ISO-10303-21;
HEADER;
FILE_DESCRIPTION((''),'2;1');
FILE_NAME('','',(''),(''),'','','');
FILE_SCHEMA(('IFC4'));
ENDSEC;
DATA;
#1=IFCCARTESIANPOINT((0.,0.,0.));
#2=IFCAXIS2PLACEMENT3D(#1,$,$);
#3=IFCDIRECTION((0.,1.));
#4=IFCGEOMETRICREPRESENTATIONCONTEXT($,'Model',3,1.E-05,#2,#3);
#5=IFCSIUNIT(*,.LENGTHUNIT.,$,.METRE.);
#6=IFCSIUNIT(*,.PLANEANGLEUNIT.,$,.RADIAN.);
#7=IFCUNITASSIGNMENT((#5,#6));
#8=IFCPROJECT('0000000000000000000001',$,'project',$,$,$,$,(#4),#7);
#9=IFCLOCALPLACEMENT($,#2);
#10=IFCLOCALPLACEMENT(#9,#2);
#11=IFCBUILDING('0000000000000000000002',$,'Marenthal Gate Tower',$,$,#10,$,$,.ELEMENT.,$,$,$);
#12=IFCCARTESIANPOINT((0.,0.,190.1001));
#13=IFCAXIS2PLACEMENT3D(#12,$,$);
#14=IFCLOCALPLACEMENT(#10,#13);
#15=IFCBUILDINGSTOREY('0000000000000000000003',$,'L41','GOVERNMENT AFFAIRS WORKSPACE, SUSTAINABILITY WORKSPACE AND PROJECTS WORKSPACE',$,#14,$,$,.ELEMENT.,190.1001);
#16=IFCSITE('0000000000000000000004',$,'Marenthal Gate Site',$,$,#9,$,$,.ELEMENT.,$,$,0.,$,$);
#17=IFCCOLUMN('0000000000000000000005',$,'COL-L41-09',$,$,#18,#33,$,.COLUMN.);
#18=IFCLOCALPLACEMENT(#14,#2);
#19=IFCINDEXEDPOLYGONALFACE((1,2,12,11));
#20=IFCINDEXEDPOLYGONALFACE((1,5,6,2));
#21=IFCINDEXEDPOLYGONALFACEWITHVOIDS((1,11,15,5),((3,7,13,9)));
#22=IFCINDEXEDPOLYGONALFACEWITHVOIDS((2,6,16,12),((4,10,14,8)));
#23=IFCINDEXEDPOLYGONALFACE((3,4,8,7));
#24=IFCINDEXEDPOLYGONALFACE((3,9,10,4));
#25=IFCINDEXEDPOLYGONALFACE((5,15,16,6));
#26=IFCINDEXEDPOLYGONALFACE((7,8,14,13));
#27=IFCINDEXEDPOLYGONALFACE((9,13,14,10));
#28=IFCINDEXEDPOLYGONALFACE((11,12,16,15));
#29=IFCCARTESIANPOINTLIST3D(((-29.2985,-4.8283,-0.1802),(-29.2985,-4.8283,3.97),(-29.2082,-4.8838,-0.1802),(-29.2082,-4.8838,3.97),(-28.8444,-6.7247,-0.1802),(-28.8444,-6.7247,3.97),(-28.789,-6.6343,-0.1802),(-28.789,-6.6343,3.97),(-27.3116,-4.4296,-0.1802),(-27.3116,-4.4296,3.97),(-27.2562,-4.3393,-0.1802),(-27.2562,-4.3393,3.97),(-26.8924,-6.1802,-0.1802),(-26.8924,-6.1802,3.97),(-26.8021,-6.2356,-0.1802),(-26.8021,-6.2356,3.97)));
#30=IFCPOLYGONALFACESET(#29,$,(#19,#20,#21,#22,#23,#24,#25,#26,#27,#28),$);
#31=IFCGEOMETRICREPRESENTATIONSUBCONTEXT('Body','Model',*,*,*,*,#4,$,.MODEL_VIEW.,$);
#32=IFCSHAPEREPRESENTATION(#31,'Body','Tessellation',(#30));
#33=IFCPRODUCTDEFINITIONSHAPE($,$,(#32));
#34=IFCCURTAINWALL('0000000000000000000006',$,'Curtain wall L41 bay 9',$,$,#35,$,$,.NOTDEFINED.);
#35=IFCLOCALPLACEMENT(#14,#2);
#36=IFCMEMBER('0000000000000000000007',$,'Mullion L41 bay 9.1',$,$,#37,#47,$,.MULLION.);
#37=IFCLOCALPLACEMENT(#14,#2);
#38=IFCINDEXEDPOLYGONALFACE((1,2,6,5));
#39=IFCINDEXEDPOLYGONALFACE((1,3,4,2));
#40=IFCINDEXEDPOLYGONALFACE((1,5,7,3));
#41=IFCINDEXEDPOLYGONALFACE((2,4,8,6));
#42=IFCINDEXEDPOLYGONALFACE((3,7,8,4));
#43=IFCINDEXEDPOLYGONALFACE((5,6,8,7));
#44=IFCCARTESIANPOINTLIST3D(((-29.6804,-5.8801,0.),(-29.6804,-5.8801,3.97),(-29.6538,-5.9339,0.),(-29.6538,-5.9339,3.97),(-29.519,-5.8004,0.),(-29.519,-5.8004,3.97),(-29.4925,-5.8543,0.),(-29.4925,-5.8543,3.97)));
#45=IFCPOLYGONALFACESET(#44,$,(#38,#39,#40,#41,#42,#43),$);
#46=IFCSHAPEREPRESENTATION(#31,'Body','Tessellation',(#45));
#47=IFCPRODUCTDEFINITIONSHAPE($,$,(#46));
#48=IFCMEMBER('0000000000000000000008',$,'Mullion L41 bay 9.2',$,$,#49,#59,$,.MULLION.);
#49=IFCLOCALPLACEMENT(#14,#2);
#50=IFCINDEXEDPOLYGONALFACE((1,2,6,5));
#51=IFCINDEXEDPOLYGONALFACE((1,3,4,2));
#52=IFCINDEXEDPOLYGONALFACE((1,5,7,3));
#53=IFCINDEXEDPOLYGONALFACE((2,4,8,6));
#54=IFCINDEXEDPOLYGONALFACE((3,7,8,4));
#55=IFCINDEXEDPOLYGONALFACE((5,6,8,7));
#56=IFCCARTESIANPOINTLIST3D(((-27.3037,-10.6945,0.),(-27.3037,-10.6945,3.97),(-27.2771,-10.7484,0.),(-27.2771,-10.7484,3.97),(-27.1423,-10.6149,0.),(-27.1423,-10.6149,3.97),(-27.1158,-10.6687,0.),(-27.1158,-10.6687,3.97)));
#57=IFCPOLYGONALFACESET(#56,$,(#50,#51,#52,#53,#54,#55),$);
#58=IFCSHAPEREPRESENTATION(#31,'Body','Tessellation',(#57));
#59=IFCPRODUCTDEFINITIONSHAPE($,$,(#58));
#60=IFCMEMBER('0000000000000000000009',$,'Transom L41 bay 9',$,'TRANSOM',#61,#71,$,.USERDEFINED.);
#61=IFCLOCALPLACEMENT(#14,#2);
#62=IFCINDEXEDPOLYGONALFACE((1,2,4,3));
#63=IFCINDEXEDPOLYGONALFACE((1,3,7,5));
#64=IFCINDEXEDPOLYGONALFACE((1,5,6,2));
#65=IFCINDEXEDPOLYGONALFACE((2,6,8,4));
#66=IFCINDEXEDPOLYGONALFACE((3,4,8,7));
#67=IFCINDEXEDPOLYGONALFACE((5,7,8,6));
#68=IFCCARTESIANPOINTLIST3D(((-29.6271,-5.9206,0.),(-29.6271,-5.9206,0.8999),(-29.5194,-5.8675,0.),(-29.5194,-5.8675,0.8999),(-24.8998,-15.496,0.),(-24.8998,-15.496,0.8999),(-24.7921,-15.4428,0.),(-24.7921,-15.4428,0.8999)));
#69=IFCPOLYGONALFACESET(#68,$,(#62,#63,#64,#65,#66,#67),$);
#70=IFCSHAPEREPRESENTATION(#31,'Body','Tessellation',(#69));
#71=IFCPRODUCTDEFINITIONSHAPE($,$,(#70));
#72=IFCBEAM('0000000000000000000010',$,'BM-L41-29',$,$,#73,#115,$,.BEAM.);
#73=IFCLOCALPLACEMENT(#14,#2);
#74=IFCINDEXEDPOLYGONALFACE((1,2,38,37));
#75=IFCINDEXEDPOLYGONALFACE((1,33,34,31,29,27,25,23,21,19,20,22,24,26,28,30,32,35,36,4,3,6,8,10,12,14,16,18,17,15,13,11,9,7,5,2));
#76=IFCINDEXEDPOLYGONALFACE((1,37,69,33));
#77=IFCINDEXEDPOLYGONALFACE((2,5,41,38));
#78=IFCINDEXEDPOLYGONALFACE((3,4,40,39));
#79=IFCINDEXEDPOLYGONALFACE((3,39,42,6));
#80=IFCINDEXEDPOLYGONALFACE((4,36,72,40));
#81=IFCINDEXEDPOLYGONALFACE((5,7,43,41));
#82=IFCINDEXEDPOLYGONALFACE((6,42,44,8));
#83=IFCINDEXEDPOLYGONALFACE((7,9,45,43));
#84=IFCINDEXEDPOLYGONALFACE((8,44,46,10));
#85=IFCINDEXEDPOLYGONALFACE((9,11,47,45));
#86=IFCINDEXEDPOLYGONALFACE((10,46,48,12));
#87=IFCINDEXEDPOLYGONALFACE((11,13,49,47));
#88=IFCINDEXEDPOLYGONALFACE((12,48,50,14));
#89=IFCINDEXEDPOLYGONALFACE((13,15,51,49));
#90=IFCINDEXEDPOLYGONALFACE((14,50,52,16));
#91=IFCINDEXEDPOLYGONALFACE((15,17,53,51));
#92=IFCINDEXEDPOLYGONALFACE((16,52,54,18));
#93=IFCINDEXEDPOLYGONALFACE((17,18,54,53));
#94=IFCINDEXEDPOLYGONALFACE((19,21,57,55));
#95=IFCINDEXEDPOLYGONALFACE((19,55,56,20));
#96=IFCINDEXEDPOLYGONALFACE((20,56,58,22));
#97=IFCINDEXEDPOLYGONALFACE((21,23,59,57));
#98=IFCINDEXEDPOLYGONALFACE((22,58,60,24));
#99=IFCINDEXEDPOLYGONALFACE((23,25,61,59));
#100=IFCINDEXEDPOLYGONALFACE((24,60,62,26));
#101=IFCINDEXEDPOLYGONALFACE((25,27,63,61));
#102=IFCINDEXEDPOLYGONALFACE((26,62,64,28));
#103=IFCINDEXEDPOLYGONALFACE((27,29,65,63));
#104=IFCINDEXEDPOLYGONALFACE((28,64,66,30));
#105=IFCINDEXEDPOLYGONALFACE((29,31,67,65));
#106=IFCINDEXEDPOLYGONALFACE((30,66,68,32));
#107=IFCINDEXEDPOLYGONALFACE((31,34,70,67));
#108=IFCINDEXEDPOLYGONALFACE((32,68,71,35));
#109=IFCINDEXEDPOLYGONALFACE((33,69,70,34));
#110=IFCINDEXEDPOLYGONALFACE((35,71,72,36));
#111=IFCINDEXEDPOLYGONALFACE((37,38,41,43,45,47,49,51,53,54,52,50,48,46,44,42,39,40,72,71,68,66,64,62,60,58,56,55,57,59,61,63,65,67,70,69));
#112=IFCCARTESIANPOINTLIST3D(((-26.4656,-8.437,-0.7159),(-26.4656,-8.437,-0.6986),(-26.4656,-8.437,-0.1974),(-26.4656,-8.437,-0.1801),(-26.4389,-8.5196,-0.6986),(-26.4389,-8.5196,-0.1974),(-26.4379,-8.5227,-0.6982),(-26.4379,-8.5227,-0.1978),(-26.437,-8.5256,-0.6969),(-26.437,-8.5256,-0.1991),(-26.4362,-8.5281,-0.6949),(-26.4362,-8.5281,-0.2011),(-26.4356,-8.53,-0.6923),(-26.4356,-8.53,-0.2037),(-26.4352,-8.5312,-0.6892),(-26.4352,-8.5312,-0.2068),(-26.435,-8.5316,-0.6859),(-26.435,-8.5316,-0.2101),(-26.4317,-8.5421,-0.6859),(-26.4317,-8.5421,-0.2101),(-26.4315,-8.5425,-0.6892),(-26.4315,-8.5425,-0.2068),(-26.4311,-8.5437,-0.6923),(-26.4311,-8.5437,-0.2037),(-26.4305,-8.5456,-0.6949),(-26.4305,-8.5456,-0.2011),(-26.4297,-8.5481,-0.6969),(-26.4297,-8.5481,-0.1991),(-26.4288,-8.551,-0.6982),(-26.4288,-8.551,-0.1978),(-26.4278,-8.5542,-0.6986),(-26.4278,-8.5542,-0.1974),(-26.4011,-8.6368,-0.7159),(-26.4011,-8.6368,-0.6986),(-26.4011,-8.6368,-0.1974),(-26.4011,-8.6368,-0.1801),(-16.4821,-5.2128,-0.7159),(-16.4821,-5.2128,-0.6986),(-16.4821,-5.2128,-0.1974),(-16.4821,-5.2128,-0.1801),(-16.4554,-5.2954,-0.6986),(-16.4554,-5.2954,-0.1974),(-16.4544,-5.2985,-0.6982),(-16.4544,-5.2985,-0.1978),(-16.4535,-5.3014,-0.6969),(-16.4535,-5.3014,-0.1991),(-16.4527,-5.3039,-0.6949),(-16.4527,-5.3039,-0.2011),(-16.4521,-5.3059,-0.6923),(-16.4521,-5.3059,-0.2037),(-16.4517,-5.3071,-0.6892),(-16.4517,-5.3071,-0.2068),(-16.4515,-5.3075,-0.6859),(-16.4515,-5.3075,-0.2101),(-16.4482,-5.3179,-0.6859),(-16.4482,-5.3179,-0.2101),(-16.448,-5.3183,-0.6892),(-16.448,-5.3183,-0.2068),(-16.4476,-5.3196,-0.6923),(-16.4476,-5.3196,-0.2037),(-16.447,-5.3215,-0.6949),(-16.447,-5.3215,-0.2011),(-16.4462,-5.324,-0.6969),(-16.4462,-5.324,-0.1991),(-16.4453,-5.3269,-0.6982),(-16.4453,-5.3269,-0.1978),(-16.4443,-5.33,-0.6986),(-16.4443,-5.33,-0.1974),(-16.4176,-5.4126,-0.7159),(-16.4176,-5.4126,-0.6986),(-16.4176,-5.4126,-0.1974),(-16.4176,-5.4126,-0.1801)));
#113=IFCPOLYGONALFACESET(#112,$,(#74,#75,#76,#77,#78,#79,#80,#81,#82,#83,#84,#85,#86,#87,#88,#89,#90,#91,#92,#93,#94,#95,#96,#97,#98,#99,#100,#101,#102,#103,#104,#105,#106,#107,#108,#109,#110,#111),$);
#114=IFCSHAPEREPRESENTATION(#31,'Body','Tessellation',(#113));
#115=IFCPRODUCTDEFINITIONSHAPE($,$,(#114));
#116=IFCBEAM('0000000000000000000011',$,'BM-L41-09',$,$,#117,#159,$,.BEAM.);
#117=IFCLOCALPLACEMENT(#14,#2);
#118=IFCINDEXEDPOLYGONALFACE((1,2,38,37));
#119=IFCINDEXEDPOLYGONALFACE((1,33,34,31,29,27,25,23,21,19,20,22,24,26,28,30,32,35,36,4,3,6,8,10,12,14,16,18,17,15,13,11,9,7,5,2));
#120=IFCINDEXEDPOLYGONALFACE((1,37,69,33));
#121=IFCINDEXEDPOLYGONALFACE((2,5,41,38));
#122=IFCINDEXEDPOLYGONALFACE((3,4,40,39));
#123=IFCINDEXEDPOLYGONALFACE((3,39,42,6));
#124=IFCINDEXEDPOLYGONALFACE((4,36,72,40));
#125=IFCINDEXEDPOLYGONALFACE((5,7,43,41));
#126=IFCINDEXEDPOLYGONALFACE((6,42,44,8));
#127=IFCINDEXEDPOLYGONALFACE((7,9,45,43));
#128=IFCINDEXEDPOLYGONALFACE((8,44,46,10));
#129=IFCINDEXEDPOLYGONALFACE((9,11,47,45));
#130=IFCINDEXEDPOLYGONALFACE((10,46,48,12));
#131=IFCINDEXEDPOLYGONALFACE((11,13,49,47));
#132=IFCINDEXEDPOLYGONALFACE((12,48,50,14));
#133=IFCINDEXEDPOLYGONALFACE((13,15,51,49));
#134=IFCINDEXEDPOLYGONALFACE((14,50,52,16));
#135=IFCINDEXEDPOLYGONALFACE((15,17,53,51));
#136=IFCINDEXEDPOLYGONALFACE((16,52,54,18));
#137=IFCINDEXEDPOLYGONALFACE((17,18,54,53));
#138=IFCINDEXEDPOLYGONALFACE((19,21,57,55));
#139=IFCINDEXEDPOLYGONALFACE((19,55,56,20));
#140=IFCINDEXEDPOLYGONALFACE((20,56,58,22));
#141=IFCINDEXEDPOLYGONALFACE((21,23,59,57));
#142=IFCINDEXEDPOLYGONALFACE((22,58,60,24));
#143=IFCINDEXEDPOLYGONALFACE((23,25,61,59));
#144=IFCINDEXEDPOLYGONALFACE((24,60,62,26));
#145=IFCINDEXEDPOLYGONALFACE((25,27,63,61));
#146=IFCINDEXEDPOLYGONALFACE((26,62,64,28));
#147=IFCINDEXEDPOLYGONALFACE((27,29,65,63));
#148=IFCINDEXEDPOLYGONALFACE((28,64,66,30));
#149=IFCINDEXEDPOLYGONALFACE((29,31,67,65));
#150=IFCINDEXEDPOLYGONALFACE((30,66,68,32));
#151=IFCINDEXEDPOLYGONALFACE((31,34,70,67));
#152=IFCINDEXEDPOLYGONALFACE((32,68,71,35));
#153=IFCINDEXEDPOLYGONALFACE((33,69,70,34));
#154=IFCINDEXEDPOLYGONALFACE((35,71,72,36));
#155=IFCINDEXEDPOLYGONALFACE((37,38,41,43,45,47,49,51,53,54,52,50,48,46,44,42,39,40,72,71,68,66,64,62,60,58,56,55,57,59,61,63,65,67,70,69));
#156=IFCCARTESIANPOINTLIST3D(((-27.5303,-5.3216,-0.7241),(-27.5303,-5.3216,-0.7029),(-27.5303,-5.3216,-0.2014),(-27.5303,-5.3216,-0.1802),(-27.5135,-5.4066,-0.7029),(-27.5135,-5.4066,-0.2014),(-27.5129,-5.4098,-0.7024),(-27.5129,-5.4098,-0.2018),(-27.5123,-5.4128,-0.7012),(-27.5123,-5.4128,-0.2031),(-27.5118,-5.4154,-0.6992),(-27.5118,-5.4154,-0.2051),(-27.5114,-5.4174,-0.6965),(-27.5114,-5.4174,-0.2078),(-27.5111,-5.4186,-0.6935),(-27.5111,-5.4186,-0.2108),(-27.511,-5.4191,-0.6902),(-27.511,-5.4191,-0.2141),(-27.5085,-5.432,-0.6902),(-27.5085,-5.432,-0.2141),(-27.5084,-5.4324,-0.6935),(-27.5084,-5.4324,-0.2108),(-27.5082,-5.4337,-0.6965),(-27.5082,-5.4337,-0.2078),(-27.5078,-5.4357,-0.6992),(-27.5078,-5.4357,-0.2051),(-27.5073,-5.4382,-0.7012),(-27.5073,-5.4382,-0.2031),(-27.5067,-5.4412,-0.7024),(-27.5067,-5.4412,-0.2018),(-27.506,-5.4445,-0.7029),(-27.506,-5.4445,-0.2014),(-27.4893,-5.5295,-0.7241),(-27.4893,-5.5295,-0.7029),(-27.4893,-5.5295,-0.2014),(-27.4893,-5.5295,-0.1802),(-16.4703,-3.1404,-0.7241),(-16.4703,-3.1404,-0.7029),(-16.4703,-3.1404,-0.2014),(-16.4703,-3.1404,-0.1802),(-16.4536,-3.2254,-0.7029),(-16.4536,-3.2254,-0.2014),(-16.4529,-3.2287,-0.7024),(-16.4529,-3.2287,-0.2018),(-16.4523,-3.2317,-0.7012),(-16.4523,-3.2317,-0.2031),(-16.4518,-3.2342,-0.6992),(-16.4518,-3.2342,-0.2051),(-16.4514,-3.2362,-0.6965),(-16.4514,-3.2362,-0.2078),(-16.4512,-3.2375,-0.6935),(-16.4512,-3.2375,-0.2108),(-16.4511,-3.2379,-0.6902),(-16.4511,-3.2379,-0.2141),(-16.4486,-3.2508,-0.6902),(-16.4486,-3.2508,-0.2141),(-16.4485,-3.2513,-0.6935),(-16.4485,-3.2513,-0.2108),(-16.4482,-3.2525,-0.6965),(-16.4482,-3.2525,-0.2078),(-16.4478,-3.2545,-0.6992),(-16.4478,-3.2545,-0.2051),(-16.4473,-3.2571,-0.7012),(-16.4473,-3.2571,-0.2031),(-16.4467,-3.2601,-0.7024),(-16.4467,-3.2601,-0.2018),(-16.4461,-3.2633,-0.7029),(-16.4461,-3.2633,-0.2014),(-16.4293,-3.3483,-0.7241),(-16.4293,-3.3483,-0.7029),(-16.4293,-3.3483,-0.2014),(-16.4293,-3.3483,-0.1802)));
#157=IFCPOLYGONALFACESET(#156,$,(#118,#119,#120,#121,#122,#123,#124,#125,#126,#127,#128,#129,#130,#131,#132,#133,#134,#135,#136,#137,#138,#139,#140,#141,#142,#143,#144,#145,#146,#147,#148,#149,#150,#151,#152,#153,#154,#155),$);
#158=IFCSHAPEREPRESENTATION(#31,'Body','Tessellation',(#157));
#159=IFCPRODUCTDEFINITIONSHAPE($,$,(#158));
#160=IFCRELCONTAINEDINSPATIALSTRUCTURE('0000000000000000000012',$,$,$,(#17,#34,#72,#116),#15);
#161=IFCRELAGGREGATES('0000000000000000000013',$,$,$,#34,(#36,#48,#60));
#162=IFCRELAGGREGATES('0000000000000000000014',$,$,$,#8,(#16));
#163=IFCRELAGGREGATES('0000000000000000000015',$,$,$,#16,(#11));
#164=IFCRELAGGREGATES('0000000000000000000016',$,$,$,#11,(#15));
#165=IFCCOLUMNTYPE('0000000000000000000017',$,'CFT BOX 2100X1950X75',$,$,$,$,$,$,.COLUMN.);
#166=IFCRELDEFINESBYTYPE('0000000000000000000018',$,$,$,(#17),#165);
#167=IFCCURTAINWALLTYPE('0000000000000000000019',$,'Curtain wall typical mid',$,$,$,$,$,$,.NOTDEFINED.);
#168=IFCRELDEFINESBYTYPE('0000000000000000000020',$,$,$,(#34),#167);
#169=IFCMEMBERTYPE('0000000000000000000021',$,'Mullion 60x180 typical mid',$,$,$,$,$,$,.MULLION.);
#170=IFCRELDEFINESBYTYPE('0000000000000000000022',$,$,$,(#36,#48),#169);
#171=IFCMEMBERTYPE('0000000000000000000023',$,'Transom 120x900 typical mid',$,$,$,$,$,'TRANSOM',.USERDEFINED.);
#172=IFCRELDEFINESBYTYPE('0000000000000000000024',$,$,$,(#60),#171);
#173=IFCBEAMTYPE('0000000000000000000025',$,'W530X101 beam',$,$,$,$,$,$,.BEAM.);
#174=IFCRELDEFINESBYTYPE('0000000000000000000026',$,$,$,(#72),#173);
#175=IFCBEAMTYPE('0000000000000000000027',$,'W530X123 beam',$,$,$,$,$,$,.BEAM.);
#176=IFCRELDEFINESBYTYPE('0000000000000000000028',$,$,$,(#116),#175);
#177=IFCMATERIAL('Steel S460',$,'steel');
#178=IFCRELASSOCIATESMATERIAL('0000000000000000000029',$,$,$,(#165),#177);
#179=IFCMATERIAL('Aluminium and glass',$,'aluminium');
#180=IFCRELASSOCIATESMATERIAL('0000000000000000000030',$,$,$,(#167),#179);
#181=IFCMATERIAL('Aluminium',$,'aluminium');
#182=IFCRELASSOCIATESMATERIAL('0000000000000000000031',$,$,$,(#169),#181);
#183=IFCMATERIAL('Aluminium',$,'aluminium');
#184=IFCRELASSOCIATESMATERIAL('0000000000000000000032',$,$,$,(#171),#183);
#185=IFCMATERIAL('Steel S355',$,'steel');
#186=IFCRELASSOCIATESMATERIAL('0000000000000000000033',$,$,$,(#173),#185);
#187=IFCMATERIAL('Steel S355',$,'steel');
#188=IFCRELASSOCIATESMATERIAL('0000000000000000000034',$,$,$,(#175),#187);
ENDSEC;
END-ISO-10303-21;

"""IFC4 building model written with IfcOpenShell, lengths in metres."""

from ifc_helpers import new_model, si_unit, direction, frame, origin, origin_2d, place, context, subcontext, project, spatial, rectangle, hollow_rectangle, i_section, extrude, material, material_profile, profile_set, type_object, element, aggregate, save


model = new_model("IFC4")

# Units and contexts
model_context = context("Model", 3, precision=1e-05, world=origin(), true_north=direction((0.0, 1.0)))
body_context = subcontext(model_context, "Body", "Model", "MODEL_VIEW")
ifc_project = project(units=[si_unit("LENGTHUNIT", "METRE"), si_unit("PLANEANGLEUNIT", "RADIAN")], contexts=[model_context])

# Site, building, storey
site_placement = place(None, origin())
site = spatial("IfcSite", under=ifc_project, at=site_placement, Name="Marenthal Gate Site", CompositionType="ELEMENT", RefElevation=0.0)
building_placement = place(site_placement, origin())
building = spatial("IfcBuilding", under=site, at=building_placement, Name="Marenthal Gate Tower", CompositionType="ELEMENT")
storey_placement = place(building_placement, frame((0.0, 0.0, 190.1001)))
storey = spatial("IfcBuildingStorey", under=building, at=storey_placement, Name="L41", Description="GOVERNMENT AFFAIRS WORKSPACE, SUSTAINABILITY WORKSPACE AND PROJECTS WORKSPACE", CompositionType="ELEMENT", Elevation=190.1001)

# Column
ifc_material_1 = material(Name="Steel S460", Category="steel")
ifc_material_profile_1 = material_profile(ifc_material_1, hollow_rectangle(XDim=1.95, YDim=2.1001, WallThickness=0.075, at=origin_2d()), Name="CFT BOX 2100X1950X75")
ifc_material_2 = material(Name="Concrete 70 MPa", Category="concrete")
ifc_material_profile_2 = material_profile(ifc_material_2, rectangle(XDim=1.8, YDim=1.95, at=origin_2d()), Name="CFT BOX 2100X1950X75 INFILL")
ifc_profile_set_1 = profile_set([ifc_material_profile_1, ifc_material_profile_2], Name="Steel S460 shell, Concrete 70 MPa infill")
column_type = type_object("IfcColumnType", Name="CFT BOX 2100X1950X75", PredefinedType="COLUMN", material=ifc_profile_set_1)
column_placement = place(storey_placement, frame((-28.0503, -5.532, -0.1802), z_axis=(0.0, 0.0, 1.0), x_axis=(-0.23288, 0.972505, 0.0)))
element("IfcColumn", 1, at=column_placement, inside=storey, type_object=column_type, Name="COL-L41-09", PredefinedType="COLUMN", context=body_context, shape_type="SweptSolid", body=[
    extrude(hollow_rectangle(XDim=1.95, YDim=2.1001, WallThickness=0.075, at=origin_2d()), origin(), (0.0, 0.0, 1.0), 4.1501),
])

# Curtain wall, members
ifc_material_3 = material(Name="Aluminium and glass", Category="aluminium")
curtain_wall_type = type_object("IfcCurtainWallType", Name="Curtain wall typical mid", PredefinedType="NOTDEFINED", material=ifc_material_3)
curtain_wall_placement = place(storey_placement, origin())
curtain_wall = element("IfcCurtainWall", 2, at=curtain_wall_placement, inside=storey, type_object=curtain_wall_type, Name="Curtain wall L41 bay 9", PredefinedType="NOTDEFINED")
ifc_material_4 = material(Name="Aluminium", Category="aluminium")
ifc_material_profile_3 = material_profile(ifc_material_4, rectangle(XDim=0.1799, YDim=0.0601, at=origin_2d()), Name="60x180 aluminium mullion")
ifc_profile_set_2 = profile_set([ifc_material_profile_3], Name="Aluminium")
member_type_1 = type_object("IfcMemberType", Name="Mullion 60x180 typical mid", PredefinedType="MULLION", material=ifc_profile_set_2)
member_1_placement = place(storey_placement, frame((-29.5864, -5.8672, 0.0), z_axis=(0.0, 0.0, 1.0), x_axis=(0.896681, 0.442678, 0.0)))
member_1 = element("IfcMember", 3, at=member_1_placement, type_object=member_type_1, Name="Mullion L41 bay 9.1", PredefinedType="MULLION", context=body_context, shape_type="SweptSolid", body=[
    extrude(rectangle(XDim=0.1799, YDim=0.0601, at=origin_2d()), origin(), (0.0, 0.0, 1.0), 3.97),
])
member_2_placement = place(storey_placement, frame((-27.2097, -10.6816, 0.0), z_axis=(0.0, 0.0, 1.0), x_axis=(0.896681, 0.442678, 0.0)))
member_2 = element("IfcMember", 4, at=member_2_placement, type_object=member_type_1, Name="Mullion L41 bay 9.2", PredefinedType="MULLION", context=body_context, shape_type="SweptSolid", body=[
    extrude(rectangle(XDim=0.1799, YDim=0.0601, at=origin_2d()), origin(), (0.0, 0.0, 1.0), 3.97),
])
ifc_material_5 = material(Name="Aluminium", Category="aluminium")
ifc_material_profile_4 = material_profile(ifc_material_5, rectangle(XDim=0.1201, YDim=0.8999, at=origin_2d()), Name="120x900 aluminium transom")
ifc_profile_set_3 = profile_set([ifc_material_profile_4], Name="Aluminium")
member_type_2 = type_object("IfcMemberType", Name="Transom 120x900 typical mid", ElementType="TRANSOM", PredefinedType="USERDEFINED", material=ifc_profile_set_3)
member_3_placement = place(storey_placement, frame((-29.5732, -5.894, 0.45), z_axis=(0.442681, -0.896679, 0.0), x_axis=(0.896679, 0.442681, 0.0)))
member_3 = element("IfcMember", 5, at=member_3_placement, type_object=member_type_2, Name="Transom L41 bay 9", ObjectType="TRANSOM", PredefinedType="USERDEFINED", context=body_context, shape_type="SweptSolid", body=[
    extrude(rectangle(XDim=0.1201, YDim=0.8999, at=origin_2d()), origin(), (0.0, 0.0, 1.0), 10.6787),
])

# Beams
ifc_material_6 = material(Name="Steel S355", Category="steel")
ifc_material_profile_5 = material_profile(ifc_material_6, i_section(OverallWidth=0.21, OverallDepth=0.5359, WebThickness=0.011, FlangeThickness=0.0173, FilletRadius=0.0127, at=origin_2d()), Name="W530X101")
ifc_profile_set_4 = profile_set([ifc_material_profile_5], Name="Steel S355")
beam_type_1 = type_object("IfcBeamType", Name="W530X101 beam", PredefinedType="BEAM", material=ifc_profile_set_4)
beam_1_placement = place(storey_placement, frame((-26.4333, -8.5369, -0.448), z_axis=(0.951606, 0.30732, 0.0), x_axis=(-0.30732, 0.951606, 0.0)))
element("IfcBeam", 6, at=beam_1_placement, inside=storey, type_object=beam_type_1, Name="BM-L41-29", PredefinedType="BEAM", context=body_context, shape_type="SweptSolid", body=[
    extrude(i_section(OverallWidth=0.21, OverallDepth=0.5359, WebThickness=0.011, FlangeThickness=0.0173, FilletRadius=0.0127, at=origin_2d()), origin(), (0.0, 0.0, 1.0), 10.4912),
])
ifc_material_7 = material(Name="Steel S355", Category="steel")
ifc_material_profile_6 = material_profile(ifc_material_7, i_section(OverallWidth=0.2119, OverallDepth=0.5439, WebThickness=0.0132, FlangeThickness=0.0212, FilletRadius=0.0127, at=origin_2d()), Name="W530X123")
ifc_profile_set_5 = profile_set([ifc_material_profile_6], Name="Steel S355")
beam_type_2 = type_object("IfcBeamType", Name="W530X123 beam", PredefinedType="BEAM", material=ifc_profile_set_5)
beam_2_placement = place(storey_placement, frame((-27.5098, -5.4255, -0.4521), z_axis=(0.981103, 0.193487, 0.0), x_axis=(-0.193487, 0.981103, 0.0)))
element("IfcBeam", 7, at=beam_2_placement, inside=storey, type_object=beam_type_2, Name="BM-L41-09", PredefinedType="BEAM", context=body_context, shape_type="SweptSolid", body=[
    extrude(i_section(OverallWidth=0.2119, OverallDepth=0.5439, WebThickness=0.0132, FlangeThickness=0.0212, FilletRadius=0.0127, at=origin_2d()), origin(), (0.0, 0.0, 1.0), 11.2729),
])

aggregate(curtain_wall, [member_1, member_2, member_3])

save(model, "model.ifc")
